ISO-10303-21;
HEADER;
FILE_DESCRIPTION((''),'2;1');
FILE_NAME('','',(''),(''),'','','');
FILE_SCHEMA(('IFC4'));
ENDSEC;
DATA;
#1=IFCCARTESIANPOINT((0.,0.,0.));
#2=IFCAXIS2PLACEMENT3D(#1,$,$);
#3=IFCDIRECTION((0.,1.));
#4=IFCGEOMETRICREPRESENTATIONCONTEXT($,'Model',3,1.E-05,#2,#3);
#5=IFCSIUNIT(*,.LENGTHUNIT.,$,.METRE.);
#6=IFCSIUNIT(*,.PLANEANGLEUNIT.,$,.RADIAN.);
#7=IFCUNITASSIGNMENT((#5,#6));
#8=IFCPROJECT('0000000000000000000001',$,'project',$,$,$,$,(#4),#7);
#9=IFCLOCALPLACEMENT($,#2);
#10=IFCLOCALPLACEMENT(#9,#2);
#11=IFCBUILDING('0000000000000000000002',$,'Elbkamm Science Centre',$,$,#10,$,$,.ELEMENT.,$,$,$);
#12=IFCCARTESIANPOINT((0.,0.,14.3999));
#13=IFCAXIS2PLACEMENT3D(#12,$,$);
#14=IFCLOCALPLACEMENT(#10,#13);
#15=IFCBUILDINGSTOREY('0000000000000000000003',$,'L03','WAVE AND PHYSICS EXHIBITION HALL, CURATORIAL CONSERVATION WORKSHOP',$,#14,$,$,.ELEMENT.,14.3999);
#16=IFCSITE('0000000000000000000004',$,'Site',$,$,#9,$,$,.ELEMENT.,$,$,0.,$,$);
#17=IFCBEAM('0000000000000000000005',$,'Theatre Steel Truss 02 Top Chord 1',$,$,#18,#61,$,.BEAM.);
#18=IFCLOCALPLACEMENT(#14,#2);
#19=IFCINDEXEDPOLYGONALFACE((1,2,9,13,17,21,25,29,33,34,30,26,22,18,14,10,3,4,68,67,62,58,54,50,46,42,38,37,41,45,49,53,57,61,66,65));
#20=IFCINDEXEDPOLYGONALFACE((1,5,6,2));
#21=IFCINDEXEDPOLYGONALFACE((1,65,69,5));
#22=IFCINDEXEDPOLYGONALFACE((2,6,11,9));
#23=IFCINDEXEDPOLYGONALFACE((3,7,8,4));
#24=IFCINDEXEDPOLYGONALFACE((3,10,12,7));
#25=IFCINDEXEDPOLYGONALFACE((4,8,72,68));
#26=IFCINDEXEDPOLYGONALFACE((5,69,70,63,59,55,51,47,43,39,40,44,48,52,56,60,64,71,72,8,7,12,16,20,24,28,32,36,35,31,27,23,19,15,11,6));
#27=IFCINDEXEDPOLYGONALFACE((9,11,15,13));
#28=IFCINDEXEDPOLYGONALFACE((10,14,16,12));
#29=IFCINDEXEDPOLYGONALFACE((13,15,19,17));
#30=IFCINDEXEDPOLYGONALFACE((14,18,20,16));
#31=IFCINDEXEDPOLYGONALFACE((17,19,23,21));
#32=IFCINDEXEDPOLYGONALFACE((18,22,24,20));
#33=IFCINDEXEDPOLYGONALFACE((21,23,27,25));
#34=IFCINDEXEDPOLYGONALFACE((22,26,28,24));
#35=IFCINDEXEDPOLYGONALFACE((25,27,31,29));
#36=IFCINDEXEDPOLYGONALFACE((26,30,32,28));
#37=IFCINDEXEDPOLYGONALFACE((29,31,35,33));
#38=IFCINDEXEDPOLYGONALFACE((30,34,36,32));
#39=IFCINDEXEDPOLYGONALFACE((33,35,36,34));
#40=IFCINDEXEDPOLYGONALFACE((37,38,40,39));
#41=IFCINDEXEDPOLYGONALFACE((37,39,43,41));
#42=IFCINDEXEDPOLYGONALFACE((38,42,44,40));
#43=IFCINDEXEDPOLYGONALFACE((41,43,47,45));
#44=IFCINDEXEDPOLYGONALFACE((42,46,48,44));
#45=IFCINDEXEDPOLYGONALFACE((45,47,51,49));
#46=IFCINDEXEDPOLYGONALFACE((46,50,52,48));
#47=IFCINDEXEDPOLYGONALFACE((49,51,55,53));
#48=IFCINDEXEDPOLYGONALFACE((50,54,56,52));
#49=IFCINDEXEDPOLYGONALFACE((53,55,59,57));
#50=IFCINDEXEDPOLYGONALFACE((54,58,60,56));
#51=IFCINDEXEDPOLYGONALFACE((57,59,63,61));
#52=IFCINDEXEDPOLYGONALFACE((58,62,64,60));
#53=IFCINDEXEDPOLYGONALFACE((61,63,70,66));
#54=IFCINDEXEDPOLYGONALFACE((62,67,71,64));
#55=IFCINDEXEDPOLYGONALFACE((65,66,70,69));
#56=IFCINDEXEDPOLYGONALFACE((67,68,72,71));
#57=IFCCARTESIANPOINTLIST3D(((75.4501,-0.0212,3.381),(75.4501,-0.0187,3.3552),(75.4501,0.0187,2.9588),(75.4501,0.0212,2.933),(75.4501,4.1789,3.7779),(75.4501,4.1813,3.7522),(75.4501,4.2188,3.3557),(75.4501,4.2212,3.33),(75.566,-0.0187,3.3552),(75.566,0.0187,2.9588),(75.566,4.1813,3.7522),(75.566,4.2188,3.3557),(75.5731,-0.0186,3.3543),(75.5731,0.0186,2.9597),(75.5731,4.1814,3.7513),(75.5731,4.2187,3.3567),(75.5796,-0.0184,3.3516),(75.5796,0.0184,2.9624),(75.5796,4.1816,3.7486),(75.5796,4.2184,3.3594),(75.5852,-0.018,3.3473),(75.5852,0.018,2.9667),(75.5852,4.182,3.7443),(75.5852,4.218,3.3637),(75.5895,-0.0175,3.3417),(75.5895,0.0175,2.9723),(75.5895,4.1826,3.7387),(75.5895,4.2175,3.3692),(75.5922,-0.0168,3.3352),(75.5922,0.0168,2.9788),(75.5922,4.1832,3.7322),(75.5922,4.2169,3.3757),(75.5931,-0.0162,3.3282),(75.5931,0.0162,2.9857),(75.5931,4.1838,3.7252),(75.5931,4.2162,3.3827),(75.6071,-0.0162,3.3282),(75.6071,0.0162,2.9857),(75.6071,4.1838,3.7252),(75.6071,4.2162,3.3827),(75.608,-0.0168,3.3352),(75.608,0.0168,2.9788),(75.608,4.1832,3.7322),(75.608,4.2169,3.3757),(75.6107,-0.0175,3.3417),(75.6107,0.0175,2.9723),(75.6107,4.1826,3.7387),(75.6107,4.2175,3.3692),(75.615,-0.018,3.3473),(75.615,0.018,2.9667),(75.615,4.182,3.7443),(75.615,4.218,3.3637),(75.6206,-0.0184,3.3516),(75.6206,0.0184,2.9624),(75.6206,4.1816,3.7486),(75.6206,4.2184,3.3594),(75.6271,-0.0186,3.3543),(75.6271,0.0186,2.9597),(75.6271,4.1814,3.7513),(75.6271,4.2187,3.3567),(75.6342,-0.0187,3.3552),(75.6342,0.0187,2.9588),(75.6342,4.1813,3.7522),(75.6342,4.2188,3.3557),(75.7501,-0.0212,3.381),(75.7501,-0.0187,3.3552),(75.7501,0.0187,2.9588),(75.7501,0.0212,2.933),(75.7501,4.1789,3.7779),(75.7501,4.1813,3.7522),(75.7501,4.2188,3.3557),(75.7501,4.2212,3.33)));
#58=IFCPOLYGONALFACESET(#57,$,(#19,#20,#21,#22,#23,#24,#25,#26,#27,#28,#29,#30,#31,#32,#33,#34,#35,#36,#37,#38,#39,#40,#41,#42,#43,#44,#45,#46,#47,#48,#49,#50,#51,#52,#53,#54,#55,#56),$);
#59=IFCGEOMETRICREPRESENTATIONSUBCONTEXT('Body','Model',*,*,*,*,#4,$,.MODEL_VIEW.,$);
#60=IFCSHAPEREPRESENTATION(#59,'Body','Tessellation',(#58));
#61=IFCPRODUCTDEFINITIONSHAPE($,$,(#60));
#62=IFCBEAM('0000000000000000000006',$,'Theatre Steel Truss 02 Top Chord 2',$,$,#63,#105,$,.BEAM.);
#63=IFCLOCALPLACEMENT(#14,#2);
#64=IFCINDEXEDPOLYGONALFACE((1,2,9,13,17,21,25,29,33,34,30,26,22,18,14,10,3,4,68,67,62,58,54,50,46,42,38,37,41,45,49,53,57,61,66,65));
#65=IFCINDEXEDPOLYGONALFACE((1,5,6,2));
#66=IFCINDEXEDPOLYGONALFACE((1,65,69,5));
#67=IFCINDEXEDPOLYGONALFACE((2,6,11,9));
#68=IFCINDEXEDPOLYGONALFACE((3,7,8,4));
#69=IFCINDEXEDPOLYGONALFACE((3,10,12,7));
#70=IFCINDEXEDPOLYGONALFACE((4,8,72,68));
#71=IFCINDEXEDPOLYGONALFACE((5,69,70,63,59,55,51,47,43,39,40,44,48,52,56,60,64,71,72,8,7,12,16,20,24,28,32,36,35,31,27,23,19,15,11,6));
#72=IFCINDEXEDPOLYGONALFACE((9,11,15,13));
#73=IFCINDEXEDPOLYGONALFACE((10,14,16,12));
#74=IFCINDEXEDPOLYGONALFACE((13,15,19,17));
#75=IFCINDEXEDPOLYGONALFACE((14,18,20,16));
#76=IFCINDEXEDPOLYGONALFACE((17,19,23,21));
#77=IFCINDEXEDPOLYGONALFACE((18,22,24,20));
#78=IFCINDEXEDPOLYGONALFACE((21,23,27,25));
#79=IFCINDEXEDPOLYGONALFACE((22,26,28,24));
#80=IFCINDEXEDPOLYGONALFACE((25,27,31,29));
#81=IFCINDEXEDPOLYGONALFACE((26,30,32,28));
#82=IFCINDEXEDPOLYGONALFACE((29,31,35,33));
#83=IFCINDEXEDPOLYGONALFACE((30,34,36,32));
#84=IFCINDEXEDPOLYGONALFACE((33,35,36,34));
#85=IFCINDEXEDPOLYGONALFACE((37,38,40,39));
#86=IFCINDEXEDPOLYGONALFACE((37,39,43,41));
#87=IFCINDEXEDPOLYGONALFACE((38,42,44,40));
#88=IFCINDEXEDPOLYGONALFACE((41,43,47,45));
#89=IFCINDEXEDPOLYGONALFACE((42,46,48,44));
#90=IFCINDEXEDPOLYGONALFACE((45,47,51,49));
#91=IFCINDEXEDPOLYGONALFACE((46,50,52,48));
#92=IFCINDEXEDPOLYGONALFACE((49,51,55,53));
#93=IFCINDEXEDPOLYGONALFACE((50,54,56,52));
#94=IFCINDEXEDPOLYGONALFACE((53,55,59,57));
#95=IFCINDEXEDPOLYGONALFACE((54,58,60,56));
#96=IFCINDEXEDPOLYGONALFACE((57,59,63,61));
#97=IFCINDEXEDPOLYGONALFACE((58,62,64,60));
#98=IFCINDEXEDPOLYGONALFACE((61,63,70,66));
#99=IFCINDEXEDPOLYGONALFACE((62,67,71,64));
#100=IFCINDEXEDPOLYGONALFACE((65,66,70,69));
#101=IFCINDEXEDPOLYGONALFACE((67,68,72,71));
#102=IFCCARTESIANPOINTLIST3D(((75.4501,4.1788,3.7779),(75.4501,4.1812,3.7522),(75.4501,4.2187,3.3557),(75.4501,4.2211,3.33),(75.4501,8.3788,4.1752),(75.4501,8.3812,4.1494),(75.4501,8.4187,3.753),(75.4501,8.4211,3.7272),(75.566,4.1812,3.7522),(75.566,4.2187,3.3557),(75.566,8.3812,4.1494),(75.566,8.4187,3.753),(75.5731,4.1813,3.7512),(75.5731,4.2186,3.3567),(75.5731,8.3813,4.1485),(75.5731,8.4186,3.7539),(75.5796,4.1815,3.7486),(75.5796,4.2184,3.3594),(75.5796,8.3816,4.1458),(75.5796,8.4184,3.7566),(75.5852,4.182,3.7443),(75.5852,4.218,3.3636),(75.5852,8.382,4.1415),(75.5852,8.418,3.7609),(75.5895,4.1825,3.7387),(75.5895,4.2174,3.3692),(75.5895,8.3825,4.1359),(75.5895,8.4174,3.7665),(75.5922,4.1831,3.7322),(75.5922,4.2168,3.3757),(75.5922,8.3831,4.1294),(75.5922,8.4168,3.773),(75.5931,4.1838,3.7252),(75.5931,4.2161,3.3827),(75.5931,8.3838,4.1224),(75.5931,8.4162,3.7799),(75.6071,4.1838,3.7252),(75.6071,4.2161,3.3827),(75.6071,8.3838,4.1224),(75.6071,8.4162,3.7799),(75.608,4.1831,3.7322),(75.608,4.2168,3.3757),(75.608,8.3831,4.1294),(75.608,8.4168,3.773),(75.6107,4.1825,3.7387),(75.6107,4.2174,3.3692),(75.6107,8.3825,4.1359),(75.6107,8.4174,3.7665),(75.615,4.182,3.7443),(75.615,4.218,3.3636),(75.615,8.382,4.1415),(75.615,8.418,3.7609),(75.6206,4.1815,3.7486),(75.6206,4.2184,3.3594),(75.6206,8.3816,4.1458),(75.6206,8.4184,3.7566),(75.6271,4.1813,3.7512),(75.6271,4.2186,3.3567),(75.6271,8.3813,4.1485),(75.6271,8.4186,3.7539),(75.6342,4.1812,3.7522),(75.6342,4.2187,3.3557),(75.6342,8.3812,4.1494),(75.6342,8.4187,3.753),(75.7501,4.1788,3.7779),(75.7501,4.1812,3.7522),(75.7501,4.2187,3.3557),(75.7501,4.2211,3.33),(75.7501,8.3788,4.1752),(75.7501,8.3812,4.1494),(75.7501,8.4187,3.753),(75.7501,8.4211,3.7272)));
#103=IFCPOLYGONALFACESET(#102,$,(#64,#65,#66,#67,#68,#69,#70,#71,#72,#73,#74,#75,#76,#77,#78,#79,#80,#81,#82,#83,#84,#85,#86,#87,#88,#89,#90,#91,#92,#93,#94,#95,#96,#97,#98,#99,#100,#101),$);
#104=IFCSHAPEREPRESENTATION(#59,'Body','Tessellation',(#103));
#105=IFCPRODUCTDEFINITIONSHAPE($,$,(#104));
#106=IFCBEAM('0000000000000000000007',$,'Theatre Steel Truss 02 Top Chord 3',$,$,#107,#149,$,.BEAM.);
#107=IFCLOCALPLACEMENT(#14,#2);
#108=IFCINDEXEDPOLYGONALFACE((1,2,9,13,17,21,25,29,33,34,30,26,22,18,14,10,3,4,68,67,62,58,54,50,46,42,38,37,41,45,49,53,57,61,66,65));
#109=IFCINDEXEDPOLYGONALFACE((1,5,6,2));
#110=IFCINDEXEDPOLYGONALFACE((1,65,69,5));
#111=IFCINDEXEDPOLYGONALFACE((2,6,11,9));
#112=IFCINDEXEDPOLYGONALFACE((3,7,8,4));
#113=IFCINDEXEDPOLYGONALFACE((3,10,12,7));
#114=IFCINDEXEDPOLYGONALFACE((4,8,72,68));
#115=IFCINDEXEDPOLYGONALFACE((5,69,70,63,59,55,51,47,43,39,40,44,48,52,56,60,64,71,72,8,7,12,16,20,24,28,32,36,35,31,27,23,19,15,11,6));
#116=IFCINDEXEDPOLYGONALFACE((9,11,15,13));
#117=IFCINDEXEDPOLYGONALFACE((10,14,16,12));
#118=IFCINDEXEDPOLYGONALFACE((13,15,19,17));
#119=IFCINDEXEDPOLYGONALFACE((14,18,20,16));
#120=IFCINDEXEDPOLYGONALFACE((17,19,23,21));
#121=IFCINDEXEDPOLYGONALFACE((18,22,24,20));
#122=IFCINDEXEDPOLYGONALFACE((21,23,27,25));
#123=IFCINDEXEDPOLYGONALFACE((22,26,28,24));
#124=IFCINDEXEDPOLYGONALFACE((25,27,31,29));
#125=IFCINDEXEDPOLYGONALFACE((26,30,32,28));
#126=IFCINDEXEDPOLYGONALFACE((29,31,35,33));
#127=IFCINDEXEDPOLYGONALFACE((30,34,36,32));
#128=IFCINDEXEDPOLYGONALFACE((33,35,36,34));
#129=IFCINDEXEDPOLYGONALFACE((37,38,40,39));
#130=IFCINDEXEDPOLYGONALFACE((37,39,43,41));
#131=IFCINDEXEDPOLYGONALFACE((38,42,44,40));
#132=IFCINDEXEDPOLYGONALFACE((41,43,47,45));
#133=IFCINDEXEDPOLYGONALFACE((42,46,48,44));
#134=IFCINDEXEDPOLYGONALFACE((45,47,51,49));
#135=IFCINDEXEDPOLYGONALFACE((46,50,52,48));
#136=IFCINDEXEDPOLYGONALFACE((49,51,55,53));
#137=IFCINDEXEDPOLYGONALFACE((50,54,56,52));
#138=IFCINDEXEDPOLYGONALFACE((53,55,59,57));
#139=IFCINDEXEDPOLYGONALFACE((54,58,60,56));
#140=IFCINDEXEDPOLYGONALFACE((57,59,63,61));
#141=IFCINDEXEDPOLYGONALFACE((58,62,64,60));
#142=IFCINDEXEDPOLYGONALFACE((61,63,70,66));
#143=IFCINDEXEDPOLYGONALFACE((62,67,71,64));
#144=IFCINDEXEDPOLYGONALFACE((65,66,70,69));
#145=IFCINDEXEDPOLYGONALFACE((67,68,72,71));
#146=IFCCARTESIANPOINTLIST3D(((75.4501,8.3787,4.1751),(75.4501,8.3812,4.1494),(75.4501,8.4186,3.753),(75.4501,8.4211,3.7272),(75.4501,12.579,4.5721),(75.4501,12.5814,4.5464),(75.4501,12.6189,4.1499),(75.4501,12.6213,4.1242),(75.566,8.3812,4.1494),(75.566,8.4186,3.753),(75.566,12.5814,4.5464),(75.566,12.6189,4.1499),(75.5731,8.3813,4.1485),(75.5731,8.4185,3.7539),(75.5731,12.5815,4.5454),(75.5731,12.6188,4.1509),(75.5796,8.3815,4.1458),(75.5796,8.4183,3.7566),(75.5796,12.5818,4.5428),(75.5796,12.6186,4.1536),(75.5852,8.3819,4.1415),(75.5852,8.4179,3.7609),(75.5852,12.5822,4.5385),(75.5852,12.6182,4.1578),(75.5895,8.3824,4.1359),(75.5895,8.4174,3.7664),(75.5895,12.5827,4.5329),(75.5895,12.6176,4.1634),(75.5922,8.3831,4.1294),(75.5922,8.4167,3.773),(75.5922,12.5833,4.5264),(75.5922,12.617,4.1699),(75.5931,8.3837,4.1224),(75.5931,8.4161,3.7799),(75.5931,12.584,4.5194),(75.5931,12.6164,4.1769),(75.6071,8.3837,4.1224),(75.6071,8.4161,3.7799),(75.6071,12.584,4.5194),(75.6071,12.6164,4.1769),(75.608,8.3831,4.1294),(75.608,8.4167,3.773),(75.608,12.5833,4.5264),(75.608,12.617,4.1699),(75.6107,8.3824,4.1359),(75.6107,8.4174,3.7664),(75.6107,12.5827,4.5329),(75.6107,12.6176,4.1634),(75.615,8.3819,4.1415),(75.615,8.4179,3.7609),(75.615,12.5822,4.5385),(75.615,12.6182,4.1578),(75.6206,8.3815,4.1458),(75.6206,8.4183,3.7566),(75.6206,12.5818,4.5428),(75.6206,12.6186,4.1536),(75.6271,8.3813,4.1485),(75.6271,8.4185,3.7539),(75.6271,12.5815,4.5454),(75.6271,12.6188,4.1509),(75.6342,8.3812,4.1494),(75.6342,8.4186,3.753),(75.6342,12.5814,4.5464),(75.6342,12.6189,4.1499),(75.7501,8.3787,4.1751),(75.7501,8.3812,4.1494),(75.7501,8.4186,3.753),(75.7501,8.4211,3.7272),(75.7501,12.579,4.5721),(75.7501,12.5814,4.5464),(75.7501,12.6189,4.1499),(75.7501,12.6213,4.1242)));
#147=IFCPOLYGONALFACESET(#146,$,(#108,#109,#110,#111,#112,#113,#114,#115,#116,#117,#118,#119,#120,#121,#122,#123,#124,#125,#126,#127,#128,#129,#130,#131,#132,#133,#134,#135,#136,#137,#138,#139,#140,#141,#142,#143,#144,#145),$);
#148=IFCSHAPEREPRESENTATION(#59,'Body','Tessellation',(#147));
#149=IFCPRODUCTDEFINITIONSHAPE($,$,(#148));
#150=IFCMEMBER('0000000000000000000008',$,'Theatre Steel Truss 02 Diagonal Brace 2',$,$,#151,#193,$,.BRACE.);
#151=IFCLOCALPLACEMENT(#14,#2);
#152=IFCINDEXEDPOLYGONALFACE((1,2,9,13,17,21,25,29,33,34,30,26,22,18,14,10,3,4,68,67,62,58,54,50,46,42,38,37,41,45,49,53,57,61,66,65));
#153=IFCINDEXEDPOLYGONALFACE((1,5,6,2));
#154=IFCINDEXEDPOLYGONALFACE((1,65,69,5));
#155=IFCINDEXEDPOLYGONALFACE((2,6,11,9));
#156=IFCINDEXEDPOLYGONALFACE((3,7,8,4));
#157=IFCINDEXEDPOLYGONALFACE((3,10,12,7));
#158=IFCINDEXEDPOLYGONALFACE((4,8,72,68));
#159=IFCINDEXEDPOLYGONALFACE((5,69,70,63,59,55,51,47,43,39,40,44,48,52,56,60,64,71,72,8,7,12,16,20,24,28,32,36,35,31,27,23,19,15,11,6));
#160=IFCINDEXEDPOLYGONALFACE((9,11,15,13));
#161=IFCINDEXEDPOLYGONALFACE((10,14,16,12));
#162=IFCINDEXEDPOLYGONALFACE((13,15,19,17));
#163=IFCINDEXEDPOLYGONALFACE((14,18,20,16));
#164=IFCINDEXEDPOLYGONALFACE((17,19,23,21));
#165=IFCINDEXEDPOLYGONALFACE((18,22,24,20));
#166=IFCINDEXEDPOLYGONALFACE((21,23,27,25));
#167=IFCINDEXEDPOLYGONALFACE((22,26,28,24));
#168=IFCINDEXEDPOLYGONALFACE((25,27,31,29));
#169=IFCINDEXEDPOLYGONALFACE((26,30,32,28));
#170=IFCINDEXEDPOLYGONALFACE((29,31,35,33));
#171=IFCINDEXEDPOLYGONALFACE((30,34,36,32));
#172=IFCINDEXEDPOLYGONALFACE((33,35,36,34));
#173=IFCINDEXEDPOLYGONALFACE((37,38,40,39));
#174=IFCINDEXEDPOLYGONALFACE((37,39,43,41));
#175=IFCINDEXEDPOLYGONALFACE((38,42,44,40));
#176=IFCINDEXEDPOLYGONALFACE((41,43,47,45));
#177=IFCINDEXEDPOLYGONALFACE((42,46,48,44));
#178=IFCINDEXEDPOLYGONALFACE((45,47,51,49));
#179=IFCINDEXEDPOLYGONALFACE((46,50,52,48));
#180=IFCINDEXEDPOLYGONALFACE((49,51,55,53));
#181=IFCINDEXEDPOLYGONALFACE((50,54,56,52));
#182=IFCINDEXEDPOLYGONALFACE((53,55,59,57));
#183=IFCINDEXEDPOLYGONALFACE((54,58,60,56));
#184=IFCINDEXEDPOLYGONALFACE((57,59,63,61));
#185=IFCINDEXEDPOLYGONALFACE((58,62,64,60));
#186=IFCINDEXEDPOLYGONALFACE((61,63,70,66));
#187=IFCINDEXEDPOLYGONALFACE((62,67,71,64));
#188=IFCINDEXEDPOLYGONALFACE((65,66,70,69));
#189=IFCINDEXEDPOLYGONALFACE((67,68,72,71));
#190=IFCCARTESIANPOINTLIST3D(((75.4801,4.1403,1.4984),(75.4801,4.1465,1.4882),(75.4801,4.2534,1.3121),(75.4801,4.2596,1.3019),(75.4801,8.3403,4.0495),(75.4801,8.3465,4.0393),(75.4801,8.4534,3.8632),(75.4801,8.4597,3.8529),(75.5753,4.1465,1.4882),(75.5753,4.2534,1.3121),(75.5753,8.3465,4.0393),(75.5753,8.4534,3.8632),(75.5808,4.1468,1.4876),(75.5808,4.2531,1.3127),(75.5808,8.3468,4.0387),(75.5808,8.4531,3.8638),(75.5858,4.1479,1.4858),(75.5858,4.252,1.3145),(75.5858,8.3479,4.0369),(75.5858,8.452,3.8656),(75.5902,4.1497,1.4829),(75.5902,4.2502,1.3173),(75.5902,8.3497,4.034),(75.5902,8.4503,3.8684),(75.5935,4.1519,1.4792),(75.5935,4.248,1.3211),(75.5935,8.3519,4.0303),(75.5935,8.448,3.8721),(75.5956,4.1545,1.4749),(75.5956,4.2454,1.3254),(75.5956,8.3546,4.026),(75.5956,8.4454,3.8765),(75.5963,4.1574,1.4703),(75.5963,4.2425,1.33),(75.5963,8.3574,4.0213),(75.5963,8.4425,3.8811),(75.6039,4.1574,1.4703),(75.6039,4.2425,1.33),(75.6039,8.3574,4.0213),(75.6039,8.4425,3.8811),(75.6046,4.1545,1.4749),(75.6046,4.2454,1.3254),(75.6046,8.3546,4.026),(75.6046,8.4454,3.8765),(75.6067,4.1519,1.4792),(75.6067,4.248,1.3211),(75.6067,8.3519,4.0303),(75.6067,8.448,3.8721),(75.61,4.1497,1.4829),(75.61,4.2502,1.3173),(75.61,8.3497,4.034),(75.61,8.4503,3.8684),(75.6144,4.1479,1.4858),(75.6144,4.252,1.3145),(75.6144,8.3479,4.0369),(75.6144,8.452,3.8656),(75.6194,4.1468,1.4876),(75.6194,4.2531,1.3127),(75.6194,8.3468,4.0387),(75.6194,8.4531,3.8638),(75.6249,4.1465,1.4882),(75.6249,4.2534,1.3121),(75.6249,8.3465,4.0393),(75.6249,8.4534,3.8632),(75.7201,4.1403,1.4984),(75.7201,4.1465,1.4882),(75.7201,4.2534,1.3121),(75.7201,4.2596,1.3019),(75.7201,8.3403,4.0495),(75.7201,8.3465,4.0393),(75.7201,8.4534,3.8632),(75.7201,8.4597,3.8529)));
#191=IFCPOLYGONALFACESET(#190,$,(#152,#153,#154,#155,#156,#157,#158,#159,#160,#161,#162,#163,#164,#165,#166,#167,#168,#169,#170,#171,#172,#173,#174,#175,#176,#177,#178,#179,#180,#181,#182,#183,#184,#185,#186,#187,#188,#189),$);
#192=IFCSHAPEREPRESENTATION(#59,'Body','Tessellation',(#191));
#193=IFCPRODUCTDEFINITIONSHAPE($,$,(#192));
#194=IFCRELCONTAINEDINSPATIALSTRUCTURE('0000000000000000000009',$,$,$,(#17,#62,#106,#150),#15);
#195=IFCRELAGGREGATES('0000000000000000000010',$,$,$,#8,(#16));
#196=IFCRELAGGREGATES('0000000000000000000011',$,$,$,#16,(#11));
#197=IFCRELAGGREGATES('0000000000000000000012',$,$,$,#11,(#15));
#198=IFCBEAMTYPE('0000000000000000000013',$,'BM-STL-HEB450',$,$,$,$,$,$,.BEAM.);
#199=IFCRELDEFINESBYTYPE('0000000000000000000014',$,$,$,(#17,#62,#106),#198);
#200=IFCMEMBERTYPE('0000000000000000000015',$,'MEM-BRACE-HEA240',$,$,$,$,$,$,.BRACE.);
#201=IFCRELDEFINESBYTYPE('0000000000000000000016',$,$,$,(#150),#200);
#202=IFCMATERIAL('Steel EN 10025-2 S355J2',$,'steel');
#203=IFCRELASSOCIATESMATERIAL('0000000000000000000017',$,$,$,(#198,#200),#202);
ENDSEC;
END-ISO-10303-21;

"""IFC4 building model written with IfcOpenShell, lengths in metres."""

from ifc_helpers import new_model, si_unit, direction, frame, origin, origin_2d, place, context, subcontext, project, spatial, i_section, extrude, material, material_profile, profile_set, type_object, element, save


model = new_model("IFC4")

# Units and contexts
model_context = context("Model", 3, precision=1e-05, world=origin(), true_north=direction((0.0, 1.0)))
body_context = subcontext(model_context, "Body", "Model", "MODEL_VIEW")
ifc_project = project(units=[si_unit("LENGTHUNIT", "METRE"), si_unit("PLANEANGLEUNIT", "RADIAN")], contexts=[model_context])

# Site, building, storey
site_placement = place(None, origin())
site = spatial("IfcSite", under=ifc_project, at=site_placement, Name="Site", CompositionType="ELEMENT", RefElevation=0.0)
building_placement = place(site_placement, origin())
building = spatial("IfcBuilding", under=site, at=building_placement, Name="Elbkamm Science Centre", CompositionType="ELEMENT")
storey_placement = place(building_placement, frame((0.0, 0.0, 14.3999)))
storey = spatial("IfcBuildingStorey", under=building, at=storey_placement, Name="L03", Description="WAVE AND PHYSICS EXHIBITION HALL, CURATORIAL CONSERVATION WORKSHOP", CompositionType="ELEMENT", Elevation=14.3999)

# Beams
ifc_material_1 = material(Name="Steel EN 10025-2 S355J2", Category="steel")
ifc_material_profile_1 = material_profile(ifc_material_1, i_section(OverallWidth=0.3, OverallDepth=0.45, WebThickness=0.0139, FlangeThickness=0.0259, FilletRadius=0.0271, at=origin_2d()), Name="HEB 450")
ifc_profile_set_1 = profile_set([ifc_material_profile_1], Name="Steel EN 10025-2 S355J2")
beam_type_1 = type_object("IfcBeamType", Name="BM-STL-HEB450", PredefinedType="BEAM", material=ifc_profile_set_1)
for number, where, z_axis, x_axis, name in (
    (1, (75.6001, 0.0, 3.157), (0.0, 0.995563, 0.094099), (-1.0, 0.0, 0.0), "Theatre Steel Truss 02 Top Chord 1"),
    (2, (75.6001, 4.2, 3.554), (0.0, 0.995557, 0.094156), (-1.0, 0.0, 0.0), "Theatre Steel Truss 02 Top Chord 2"),
):
    element("IfcBeam", number, at=place(storey_placement, frame(where, z_axis=z_axis, x_axis=x_axis)), inside=storey, type_object=beam_type_1, Name=name, PredefinedType="BEAM", context=body_context, shape_type="SweptSolid", body=[
        extrude(i_section(OverallWidth=0.3, OverallDepth=0.45, WebThickness=0.0139, FlangeThickness=0.0259, FilletRadius=0.0271, at=origin_2d()), origin(), (0.0, 0.0, 1.0), 4.2188),
    ])
beam_1_placement = place(storey_placement, frame((75.6001, 8.3999, 3.9512), z_axis=(0.0, 0.995563, 0.094094), x_axis=(-1.0, 0.0, 0.0)))
element("IfcBeam", 3, at=beam_1_placement, inside=storey, type_object=beam_type_1, Name="Theatre Steel Truss 02 Top Chord 3", PredefinedType="BEAM", context=body_context, shape_type="SweptSolid", body=[
    extrude(i_section(OverallWidth=0.3, OverallDepth=0.45, WebThickness=0.0139, FlangeThickness=0.0259, FilletRadius=0.0271, at=origin_2d()), origin(), (0.0, 0.0, 1.0), 4.219),
])

# Member
ifc_material_profile_2 = material_profile(ifc_material_1, i_section(OverallWidth=0.24, OverallDepth=0.23, WebThickness=0.0076, FlangeThickness=0.012, FilletRadius=0.021, at=origin_2d()), Name="HEA 240")
ifc_profile_set_2 = profile_set([ifc_material_profile_2], Name="Steel EN 10025-2 S355J2")
member_type_1 = type_object("IfcMemberType", Name="MEM-BRACE-HEA240", PredefinedType="BRACE", material=ifc_profile_set_2)
member_1_placement = place(storey_placement, frame((75.6001, 4.2, 1.4001), z_axis=(0.0, 0.854692, 0.519135), x_axis=(-1.0, 0.0, 0.0)))
element("IfcMember", 4, at=member_1_placement, inside=storey, type_object=member_type_1, Name="Theatre Steel Truss 02 Diagonal Brace 2", PredefinedType="BRACE", context=body_context, shape_type="SweptSolid", body=[
    extrude(i_section(OverallWidth=0.24, OverallDepth=0.23, WebThickness=0.0076, FlangeThickness=0.012, FilletRadius=0.021, at=origin_2d()), origin(), (0.0, 0.0, 1.0), 4.9141),
])

save(model, "model.ifc")
